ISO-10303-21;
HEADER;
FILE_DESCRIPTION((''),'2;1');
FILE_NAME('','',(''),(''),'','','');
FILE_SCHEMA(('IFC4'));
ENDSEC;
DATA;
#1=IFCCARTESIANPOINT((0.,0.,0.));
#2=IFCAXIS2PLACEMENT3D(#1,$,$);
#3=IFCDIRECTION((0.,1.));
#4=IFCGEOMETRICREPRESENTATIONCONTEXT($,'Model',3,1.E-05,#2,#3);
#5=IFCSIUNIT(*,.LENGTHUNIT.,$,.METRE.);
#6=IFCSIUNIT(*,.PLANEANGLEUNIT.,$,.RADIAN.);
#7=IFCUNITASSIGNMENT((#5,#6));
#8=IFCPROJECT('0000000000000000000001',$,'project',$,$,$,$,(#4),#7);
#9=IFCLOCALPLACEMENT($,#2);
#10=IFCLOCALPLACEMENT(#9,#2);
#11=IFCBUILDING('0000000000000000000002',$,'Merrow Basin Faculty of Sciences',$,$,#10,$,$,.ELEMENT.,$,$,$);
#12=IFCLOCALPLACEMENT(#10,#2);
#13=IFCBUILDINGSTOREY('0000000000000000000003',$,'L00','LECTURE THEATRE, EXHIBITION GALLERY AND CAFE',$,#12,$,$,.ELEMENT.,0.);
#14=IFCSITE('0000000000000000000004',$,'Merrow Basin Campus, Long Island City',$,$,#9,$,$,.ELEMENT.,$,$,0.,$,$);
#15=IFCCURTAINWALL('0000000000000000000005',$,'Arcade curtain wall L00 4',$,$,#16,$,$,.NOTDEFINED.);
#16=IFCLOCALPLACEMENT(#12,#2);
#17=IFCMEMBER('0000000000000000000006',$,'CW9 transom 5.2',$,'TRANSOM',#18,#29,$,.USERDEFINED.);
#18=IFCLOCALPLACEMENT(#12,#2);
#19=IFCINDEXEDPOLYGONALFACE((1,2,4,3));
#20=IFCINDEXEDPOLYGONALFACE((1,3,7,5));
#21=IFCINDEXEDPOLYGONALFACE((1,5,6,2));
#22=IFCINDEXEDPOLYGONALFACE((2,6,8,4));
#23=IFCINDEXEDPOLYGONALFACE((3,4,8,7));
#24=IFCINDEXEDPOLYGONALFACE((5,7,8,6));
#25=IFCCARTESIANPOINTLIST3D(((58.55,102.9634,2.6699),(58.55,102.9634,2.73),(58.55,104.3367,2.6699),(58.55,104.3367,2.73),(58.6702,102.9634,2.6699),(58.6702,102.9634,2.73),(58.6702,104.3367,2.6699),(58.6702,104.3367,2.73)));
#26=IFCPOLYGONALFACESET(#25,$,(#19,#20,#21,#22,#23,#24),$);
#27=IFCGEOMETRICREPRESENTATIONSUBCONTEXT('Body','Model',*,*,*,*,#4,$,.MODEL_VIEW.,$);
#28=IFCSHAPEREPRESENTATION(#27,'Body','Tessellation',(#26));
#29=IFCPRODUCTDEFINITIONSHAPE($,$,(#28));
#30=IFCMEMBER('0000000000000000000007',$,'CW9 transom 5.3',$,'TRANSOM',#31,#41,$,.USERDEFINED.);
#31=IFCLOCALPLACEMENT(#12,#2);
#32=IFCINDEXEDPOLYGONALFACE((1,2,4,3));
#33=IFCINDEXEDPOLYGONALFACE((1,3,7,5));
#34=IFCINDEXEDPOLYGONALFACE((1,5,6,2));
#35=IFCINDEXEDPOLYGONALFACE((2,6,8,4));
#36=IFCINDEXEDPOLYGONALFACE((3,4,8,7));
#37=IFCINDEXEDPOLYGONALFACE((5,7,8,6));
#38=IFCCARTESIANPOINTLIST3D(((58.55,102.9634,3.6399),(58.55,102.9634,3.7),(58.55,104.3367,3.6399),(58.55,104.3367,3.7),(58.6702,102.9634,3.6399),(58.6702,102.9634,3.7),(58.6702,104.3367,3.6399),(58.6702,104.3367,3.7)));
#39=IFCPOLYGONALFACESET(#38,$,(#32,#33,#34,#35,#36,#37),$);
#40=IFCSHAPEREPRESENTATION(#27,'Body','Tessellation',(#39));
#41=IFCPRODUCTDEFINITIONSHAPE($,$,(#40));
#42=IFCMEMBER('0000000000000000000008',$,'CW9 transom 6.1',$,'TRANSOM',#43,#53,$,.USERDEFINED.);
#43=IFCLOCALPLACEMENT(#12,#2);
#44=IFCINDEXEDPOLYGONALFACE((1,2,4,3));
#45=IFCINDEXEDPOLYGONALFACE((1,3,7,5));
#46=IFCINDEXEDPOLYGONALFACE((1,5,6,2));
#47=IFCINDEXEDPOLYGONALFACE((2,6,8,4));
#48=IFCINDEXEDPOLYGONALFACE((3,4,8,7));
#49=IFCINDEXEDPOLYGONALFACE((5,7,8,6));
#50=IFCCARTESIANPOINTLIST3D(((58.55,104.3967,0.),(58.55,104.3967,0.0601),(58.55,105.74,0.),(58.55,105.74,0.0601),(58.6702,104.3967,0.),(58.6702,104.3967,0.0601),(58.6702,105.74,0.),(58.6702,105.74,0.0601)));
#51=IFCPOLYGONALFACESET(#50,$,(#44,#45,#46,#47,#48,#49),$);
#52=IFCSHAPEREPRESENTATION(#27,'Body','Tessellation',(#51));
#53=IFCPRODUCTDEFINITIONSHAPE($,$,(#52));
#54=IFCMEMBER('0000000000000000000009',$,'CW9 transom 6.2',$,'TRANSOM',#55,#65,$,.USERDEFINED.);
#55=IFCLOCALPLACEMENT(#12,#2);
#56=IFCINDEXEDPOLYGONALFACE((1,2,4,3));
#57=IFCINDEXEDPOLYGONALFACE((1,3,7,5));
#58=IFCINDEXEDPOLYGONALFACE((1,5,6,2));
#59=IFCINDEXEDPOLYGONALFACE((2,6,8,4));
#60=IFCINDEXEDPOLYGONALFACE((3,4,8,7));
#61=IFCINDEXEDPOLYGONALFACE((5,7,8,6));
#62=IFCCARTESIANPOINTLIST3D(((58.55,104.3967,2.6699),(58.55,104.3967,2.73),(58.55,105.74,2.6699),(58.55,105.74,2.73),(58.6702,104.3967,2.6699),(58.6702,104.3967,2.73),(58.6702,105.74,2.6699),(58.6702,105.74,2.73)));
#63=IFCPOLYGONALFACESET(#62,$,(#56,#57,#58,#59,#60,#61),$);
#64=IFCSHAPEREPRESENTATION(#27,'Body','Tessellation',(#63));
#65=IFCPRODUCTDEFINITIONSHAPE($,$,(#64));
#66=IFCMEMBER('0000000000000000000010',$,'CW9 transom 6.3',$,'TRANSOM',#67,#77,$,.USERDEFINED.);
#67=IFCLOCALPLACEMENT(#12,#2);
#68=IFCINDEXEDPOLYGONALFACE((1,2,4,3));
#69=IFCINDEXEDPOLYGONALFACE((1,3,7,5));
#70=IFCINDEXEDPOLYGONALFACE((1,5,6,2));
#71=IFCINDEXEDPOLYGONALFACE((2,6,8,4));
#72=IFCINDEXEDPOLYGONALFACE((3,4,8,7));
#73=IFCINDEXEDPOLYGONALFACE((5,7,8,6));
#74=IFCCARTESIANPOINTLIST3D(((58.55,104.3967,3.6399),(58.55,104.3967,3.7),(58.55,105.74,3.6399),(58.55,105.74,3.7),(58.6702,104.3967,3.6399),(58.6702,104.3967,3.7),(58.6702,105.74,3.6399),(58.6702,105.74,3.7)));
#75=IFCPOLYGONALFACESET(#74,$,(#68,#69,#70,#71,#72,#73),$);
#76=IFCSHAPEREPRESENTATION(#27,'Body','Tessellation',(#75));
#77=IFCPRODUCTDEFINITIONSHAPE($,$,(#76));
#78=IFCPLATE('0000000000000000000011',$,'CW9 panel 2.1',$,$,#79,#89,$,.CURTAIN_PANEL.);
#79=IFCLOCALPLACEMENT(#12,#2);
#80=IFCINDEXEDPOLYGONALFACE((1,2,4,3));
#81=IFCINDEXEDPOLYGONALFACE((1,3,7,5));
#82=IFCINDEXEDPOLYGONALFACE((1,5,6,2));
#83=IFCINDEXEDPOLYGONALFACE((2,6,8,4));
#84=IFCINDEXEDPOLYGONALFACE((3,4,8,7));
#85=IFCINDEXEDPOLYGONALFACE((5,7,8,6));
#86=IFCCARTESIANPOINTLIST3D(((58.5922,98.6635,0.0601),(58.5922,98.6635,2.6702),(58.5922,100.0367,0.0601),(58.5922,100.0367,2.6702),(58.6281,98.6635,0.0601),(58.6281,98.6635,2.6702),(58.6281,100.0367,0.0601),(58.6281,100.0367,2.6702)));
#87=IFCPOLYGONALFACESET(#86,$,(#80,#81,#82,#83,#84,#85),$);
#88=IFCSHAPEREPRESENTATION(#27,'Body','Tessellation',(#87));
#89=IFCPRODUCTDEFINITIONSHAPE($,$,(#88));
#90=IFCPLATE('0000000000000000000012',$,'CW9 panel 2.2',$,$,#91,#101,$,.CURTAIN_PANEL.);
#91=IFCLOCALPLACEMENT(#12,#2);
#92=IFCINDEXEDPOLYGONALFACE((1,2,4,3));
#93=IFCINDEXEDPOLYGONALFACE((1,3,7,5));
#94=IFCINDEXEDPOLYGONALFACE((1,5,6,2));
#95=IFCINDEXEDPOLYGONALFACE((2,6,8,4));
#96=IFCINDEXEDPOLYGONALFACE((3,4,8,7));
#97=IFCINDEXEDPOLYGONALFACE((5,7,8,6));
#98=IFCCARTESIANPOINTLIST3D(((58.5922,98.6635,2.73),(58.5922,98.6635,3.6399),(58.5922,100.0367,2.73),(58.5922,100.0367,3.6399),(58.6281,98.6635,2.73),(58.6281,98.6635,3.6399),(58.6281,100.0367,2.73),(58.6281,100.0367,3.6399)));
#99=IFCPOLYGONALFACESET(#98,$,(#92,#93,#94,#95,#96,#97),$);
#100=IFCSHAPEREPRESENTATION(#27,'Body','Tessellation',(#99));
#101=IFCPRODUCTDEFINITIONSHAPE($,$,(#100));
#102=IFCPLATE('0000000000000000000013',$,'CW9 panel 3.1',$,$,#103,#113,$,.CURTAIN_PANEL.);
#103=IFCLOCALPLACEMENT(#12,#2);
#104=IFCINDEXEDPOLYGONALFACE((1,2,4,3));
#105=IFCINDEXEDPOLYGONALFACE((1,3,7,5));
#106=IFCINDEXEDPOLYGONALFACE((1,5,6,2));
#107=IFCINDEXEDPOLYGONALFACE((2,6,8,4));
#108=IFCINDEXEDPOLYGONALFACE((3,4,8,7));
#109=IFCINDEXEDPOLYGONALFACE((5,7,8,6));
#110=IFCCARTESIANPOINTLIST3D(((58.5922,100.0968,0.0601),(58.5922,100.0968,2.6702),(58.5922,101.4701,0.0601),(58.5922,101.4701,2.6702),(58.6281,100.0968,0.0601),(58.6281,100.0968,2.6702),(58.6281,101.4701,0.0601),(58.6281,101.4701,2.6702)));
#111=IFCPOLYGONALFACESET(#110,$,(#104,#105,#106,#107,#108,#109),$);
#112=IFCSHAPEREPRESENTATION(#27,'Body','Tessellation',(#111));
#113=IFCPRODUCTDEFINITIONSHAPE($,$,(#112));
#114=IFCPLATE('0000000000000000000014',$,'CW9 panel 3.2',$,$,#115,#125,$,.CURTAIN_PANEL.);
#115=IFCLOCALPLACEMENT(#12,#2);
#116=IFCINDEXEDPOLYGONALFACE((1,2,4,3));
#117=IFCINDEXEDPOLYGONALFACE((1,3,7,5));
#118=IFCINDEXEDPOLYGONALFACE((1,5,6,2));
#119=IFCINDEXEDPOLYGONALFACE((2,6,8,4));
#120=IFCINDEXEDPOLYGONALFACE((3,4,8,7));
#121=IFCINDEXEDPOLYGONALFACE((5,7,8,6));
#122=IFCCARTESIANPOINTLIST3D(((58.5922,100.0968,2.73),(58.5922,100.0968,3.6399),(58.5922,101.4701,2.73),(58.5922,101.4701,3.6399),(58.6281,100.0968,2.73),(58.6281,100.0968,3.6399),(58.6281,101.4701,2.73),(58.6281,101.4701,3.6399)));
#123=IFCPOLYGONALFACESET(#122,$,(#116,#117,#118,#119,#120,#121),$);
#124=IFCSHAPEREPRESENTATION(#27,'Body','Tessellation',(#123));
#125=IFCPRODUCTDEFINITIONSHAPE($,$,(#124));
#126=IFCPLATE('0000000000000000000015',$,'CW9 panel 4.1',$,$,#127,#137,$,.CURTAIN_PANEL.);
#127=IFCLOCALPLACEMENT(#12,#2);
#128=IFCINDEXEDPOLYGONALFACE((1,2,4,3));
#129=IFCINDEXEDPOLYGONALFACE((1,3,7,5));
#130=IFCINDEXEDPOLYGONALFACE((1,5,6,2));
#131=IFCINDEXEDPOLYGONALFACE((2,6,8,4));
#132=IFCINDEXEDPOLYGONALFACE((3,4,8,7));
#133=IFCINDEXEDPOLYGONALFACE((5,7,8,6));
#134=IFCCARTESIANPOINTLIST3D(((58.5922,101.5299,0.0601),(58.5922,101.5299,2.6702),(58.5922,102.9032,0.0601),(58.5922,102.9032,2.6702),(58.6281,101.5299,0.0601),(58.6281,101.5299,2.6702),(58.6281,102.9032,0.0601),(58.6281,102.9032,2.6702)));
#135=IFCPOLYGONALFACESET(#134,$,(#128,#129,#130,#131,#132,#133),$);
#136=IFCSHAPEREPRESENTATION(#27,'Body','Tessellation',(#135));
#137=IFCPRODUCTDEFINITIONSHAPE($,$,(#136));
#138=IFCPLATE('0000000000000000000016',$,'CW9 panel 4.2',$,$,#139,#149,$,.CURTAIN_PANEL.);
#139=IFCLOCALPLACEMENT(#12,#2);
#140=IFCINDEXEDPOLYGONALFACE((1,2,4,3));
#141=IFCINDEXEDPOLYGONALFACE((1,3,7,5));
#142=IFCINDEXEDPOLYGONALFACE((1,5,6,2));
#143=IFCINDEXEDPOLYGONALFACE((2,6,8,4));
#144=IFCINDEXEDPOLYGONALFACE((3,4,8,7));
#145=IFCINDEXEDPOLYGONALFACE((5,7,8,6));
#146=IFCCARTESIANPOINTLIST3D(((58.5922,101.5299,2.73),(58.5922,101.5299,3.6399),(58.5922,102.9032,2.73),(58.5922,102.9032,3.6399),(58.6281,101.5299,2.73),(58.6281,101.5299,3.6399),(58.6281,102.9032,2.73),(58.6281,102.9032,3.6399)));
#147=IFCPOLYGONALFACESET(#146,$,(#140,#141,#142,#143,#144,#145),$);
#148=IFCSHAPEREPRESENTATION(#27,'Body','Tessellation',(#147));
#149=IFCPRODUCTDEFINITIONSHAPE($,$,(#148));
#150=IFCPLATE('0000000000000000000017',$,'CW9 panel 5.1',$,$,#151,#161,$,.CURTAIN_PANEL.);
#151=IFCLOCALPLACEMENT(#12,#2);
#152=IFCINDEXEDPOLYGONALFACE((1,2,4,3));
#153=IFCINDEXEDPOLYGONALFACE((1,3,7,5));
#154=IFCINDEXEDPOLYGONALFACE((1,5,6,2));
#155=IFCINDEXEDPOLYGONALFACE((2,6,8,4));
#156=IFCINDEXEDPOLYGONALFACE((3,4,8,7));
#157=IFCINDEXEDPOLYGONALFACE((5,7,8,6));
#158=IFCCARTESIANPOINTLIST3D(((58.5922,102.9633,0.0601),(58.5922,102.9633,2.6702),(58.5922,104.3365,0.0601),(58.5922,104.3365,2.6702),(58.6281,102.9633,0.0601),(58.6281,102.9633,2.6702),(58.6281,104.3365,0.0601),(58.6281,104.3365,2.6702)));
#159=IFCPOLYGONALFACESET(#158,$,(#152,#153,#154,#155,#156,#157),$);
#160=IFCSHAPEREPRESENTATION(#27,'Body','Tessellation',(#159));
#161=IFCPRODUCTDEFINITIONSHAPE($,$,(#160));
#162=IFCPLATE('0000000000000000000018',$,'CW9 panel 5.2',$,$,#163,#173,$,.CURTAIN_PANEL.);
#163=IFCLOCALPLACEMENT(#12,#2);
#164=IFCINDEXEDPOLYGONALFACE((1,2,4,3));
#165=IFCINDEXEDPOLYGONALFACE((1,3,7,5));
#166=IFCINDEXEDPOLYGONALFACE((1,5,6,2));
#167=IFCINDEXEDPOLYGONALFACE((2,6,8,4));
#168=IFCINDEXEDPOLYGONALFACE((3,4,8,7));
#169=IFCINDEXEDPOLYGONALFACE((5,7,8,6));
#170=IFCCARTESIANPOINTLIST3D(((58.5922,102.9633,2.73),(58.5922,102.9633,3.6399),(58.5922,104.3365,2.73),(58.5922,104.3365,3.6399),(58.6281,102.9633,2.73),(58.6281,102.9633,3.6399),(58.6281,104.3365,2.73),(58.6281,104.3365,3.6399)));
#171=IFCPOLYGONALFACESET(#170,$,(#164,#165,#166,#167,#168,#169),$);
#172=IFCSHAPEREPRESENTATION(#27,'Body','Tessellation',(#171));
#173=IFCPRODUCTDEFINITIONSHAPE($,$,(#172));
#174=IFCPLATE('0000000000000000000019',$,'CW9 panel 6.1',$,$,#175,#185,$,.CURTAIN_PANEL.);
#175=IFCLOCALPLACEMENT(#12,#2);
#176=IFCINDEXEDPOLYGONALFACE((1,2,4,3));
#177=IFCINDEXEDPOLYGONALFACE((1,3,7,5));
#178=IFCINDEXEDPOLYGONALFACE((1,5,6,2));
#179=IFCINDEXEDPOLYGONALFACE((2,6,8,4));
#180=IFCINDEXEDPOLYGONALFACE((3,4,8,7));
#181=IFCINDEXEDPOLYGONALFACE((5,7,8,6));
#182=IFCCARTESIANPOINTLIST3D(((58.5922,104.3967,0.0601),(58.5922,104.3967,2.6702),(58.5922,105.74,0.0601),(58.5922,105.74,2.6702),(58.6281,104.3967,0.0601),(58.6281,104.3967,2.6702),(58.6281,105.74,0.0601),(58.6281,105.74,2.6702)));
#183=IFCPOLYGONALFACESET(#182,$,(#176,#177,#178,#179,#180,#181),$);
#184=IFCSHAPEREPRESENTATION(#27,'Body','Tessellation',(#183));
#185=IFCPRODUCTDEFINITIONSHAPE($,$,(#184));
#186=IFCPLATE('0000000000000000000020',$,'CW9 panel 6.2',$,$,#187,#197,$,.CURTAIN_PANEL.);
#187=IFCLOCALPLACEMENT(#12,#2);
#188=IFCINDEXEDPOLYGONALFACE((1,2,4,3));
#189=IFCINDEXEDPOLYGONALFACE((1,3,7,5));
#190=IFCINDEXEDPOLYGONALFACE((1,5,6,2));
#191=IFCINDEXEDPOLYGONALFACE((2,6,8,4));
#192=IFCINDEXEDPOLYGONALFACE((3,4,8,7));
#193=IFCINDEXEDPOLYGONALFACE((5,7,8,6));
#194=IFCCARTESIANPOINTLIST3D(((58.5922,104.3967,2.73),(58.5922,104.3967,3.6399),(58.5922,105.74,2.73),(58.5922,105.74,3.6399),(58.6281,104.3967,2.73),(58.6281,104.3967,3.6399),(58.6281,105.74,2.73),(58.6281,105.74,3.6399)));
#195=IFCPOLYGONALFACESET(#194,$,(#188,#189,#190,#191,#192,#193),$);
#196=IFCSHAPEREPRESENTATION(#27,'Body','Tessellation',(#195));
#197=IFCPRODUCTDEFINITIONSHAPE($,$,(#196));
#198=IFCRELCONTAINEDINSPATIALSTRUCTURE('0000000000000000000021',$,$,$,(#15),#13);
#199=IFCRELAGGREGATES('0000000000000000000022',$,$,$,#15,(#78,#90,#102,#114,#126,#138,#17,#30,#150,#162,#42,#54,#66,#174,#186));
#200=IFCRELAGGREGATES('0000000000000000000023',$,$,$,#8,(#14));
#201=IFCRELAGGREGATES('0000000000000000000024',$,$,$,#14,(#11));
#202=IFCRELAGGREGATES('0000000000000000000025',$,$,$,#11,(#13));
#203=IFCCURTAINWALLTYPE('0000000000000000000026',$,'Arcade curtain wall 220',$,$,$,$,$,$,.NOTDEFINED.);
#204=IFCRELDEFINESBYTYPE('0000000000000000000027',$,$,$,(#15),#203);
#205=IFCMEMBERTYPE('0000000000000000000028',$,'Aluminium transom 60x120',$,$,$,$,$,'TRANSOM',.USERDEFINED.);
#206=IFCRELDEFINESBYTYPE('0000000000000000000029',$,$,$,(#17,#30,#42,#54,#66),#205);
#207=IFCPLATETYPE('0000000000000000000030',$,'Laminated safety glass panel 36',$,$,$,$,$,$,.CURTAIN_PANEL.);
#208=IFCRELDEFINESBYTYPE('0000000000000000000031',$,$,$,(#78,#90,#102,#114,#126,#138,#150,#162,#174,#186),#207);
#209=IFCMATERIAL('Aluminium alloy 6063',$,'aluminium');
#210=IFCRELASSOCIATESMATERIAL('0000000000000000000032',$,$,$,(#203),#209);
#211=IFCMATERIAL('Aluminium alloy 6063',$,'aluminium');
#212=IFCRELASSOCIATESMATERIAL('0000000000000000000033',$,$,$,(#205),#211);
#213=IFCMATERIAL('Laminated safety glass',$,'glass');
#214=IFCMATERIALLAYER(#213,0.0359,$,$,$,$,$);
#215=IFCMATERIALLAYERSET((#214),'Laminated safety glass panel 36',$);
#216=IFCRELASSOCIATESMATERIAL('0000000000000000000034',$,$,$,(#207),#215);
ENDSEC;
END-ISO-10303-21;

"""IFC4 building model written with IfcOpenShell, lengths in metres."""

from ifc_helpers import new_model, si_unit, direction, frame, origin, origin_2d, place, context, subcontext, project, spatial, rectangle, extrude, material, layer, layer_set, material_profile, profile_set, type_object, element, aggregate, save


model = new_model("IFC4")

# Units and contexts
model_context = context("Model", 3, precision=1e-05, world=origin(), true_north=direction((0.0, 1.0)))
body_context = subcontext(model_context, "Body", "Model", "MODEL_VIEW")
ifc_project = project(units=[si_unit("LENGTHUNIT", "METRE"), si_unit("PLANEANGLEUNIT", "RADIAN")], contexts=[model_context])

# Site, building, storey
site_placement = place(None, origin())
site = spatial("IfcSite", under=ifc_project, at=site_placement, Name="Merrow Basin Campus, Long Island City", CompositionType="ELEMENT", RefElevation=0.0)
building_placement = place(site_placement, origin())
building = spatial("IfcBuilding", under=site, at=building_placement, Name="Merrow Basin Faculty of Sciences", CompositionType="ELEMENT")
storey_placement = place(building_placement, origin())
storey = spatial("IfcBuildingStorey", under=building, at=storey_placement, Name="L00", Description="LECTURE THEATRE, EXHIBITION GALLERY AND CAFE", CompositionType="ELEMENT", Elevation=0.0)

# Curtain wall, members, plates
ifc_material_1 = material(Name="Aluminium alloy 6063", Category="aluminium")
curtain_wall_type = type_object("IfcCurtainWallType", Name="Arcade curtain wall 220", PredefinedType="NOTDEFINED", material=ifc_material_1)
curtain_wall_placement = place(storey_placement, origin())
curtain_wall = element("IfcCurtainWall", 1, at=curtain_wall_placement, inside=storey, type_object=curtain_wall_type, Name="Arcade curtain wall L00 4", PredefinedType="NOTDEFINED")
ifc_material_2 = material(Name="Aluminium alloy 6063", Category="aluminium")
ifc_material_profile_1 = material_profile(ifc_material_2, rectangle(XDim=0.1201, YDim=0.0601, at=origin_2d()))
ifc_profile_set_1 = profile_set([ifc_material_profile_1], Name="Aluminium alloy 6063")
member_type_1 = type_object("IfcMemberType", Name="Aluminium transom 60x120", ElementType="TRANSOM", PredefinedType="USERDEFINED", material=ifc_profile_set_1)
member_1_placement = place(storey_placement, frame((58.6101, 102.9634, 2.7), z_axis=(0.0, 1.0, 0.0), x_axis=(-1.0, 0.0, 0.0)))
member_1 = element("IfcMember", 2, at=member_1_placement, type_object=member_type_1, Name="CW9 transom 5.2", ObjectType="TRANSOM", PredefinedType="USERDEFINED", context=body_context, shape_type="SweptSolid", body=[
    extrude(rectangle(XDim=0.1201, YDim=0.0601, at=origin_2d()), origin(), (0.0, 0.0, 1.0), 1.3733),
])
member_2_placement = place(storey_placement, frame((58.6101, 102.9634, 3.6699), z_axis=(0.0, 1.0, 0.0), x_axis=(-1.0, 0.0, 0.0)))
member_2 = element("IfcMember", 3, at=member_2_placement, type_object=member_type_1, Name="CW9 transom 5.3", ObjectType="TRANSOM", PredefinedType="USERDEFINED", context=body_context, shape_type="SweptSolid", body=[
    extrude(rectangle(XDim=0.1201, YDim=0.0601, at=origin_2d()), origin(), (0.0, 0.0, 1.0), 1.3733),
])
member_3_placement = place(storey_placement, frame((58.6101, 104.3967, 0.03), z_axis=(0.0, 1.0, 0.0), x_axis=(-1.0, 0.0, 0.0)))
member_3 = element("IfcMember", 4, at=member_3_placement, type_object=member_type_1, Name="CW9 transom 6.1", ObjectType="TRANSOM", PredefinedType="USERDEFINED", context=body_context, shape_type="SweptSolid", body=[
    extrude(rectangle(XDim=0.1201, YDim=0.0601, at=origin_2d()), origin(), (0.0, 0.0, 1.0), 1.3433),
])
member_4_placement = place(storey_placement, frame((58.6101, 104.3967, 2.7), z_axis=(0.0, 1.0, 0.0), x_axis=(-1.0, 0.0, 0.0)))
member_4 = element("IfcMember", 5, at=member_4_placement, type_object=member_type_1, Name="CW9 transom 6.2", ObjectType="TRANSOM", PredefinedType="USERDEFINED", context=body_context, shape_type="SweptSolid", body=[
    extrude(rectangle(XDim=0.1201, YDim=0.0601, at=origin_2d()), origin(), (0.0, 0.0, 1.0), 1.3433),
])
member_5_placement = place(storey_placement, frame((58.6101, 104.3967, 3.6699), z_axis=(0.0, 1.0, 0.0), x_axis=(-1.0, 0.0, 0.0)))
member_5 = element("IfcMember", 6, at=member_5_placement, type_object=member_type_1, Name="CW9 transom 6.3", ObjectType="TRANSOM", PredefinedType="USERDEFINED", context=body_context, shape_type="SweptSolid", body=[
    extrude(rectangle(XDim=0.1201, YDim=0.0601, at=origin_2d()), origin(), (0.0, 0.0, 1.0), 1.3433),
])
ifc_material_3 = material(Name="Laminated safety glass", Category="glass")
ifc_layer = layer(ifc_material_3, 0.0359)
ifc_layer_set = layer_set([ifc_layer], Name="Laminated safety glass panel 36")
plate_type = type_object("IfcPlateType", Name="Laminated safety glass panel 36", PredefinedType="CURTAIN_PANEL", material=ifc_layer_set)
plate_1_placement = place(storey_placement, frame((58.6101, 99.3501, 0.0601), z_axis=(0.0, 0.0, 1.0), x_axis=(0.0, 1.0, 0.0)))
plate_1 = element("IfcPlate", 7, at=plate_1_placement, type_object=plate_type, Name="CW9 panel 2.1", PredefinedType="CURTAIN_PANEL", context=body_context, shape_type="SweptSolid", body=[
    extrude(rectangle(XDim=1.3733, YDim=0.0359, at=origin_2d()), origin(), (0.0, 0.0, 1.0), 2.6101),
])
plate_2_placement = place(storey_placement, frame((58.6101, 99.3501, 2.73), z_axis=(0.0, 0.0, 1.0), x_axis=(0.0, 1.0, 0.0)))
plate_2 = element("IfcPlate", 8, at=plate_2_placement, type_object=plate_type, Name="CW9 panel 2.2", PredefinedType="CURTAIN_PANEL", context=body_context, shape_type="SweptSolid", body=[
    extrude(rectangle(XDim=1.3733, YDim=0.0359, at=origin_2d()), origin(), (0.0, 0.0, 1.0), 0.9099),
])
plate_3_placement = place(storey_placement, frame((58.6101, 100.7834, 0.0601), z_axis=(0.0, 0.0, 1.0), x_axis=(0.0, 1.0, 0.0)))
plate_3 = element("IfcPlate", 9, at=plate_3_placement, type_object=plate_type, Name="CW9 panel 3.1", PredefinedType="CURTAIN_PANEL", context=body_context, shape_type="SweptSolid", body=[
    extrude(rectangle(XDim=1.3733, YDim=0.0359, at=origin_2d()), origin(), (0.0, 0.0, 1.0), 2.6101),
])
plate_4_placement = place(storey_placement, frame((58.6101, 100.7834, 2.73), z_axis=(0.0, 0.0, 1.0), x_axis=(0.0, 1.0, 0.0)))
plate_4 = element("IfcPlate", 10, at=plate_4_placement, type_object=plate_type, Name="CW9 panel 3.2", PredefinedType="CURTAIN_PANEL", context=body_context, shape_type="SweptSolid", body=[
    extrude(rectangle(XDim=1.3733, YDim=0.0359, at=origin_2d()), origin(), (0.0, 0.0, 1.0), 0.9099),
])
plate_5_placement = place(storey_placement, frame((58.6101, 102.2166, 0.0601), z_axis=(0.0, 0.0, 1.0), x_axis=(0.0, 1.0, 0.0)))
plate_5 = element("IfcPlate", 11, at=plate_5_placement, type_object=plate_type, Name="CW9 panel 4.1", PredefinedType="CURTAIN_PANEL", context=body_context, shape_type="SweptSolid", body=[
    extrude(rectangle(XDim=1.3733, YDim=0.0359, at=origin_2d()), origin(), (0.0, 0.0, 1.0), 2.6101),
])
plate_6_placement = place(storey_placement, frame((58.6101, 102.2166, 2.73), z_axis=(0.0, 0.0, 1.0), x_axis=(0.0, 1.0, 0.0)))
plate_6 = element("IfcPlate", 12, at=plate_6_placement, type_object=plate_type, Name="CW9 panel 4.2", PredefinedType="CURTAIN_PANEL", context=body_context, shape_type="SweptSolid", body=[
    extrude(rectangle(XDim=1.3733, YDim=0.0359, at=origin_2d()), origin(), (0.0, 0.0, 1.0), 0.9099),
])
plate_7_placement = place(storey_placement, frame((58.6101, 103.6499, 0.0601), z_axis=(0.0, 0.0, 1.0), x_axis=(0.0, 1.0, 0.0)))
plate_7 = element("IfcPlate", 13, at=plate_7_placement, type_object=plate_type, Name="CW9 panel 5.1", PredefinedType="CURTAIN_PANEL", context=body_context, shape_type="SweptSolid", body=[
    extrude(rectangle(XDim=1.3733, YDim=0.0359, at=origin_2d()), origin(), (0.0, 0.0, 1.0), 2.6101),
])
plate_8_placement = place(storey_placement, frame((58.6101, 103.6499, 2.73), z_axis=(0.0, 0.0, 1.0), x_axis=(0.0, 1.0, 0.0)))
plate_8 = element("IfcPlate", 14, at=plate_8_placement, type_object=plate_type, Name="CW9 panel 5.2", PredefinedType="CURTAIN_PANEL", context=body_context, shape_type="SweptSolid", body=[
    extrude(rectangle(XDim=1.3733, YDim=0.0359, at=origin_2d()), origin(), (0.0, 0.0, 1.0), 0.9099),
])
plate_9_placement = place(storey_placement, frame((58.6101, 105.0684, 0.0601), z_axis=(0.0, 0.0, 1.0), x_axis=(0.0, 1.0, 0.0)))
plate_9 = element("IfcPlate", 15, at=plate_9_placement, type_object=plate_type, Name="CW9 panel 6.1", PredefinedType="CURTAIN_PANEL", context=body_context, shape_type="SweptSolid", body=[
    extrude(rectangle(XDim=1.3433, YDim=0.0359, at=origin_2d()), origin(), (0.0, 0.0, 1.0), 2.6101),
])
plate_10_placement = place(storey_placement, frame((58.6101, 105.0684, 2.73), z_axis=(0.0, 0.0, 1.0), x_axis=(0.0, 1.0, 0.0)))
plate_10 = element("IfcPlate", 16, at=plate_10_placement, type_object=plate_type, Name="CW9 panel 6.2", PredefinedType="CURTAIN_PANEL", context=body_context, shape_type="SweptSolid", body=[
    extrude(rectangle(XDim=1.3433, YDim=0.0359, at=origin_2d()), origin(), (0.0, 0.0, 1.0), 0.9099),
])
aggregate(curtain_wall, [plate_1, plate_2, plate_3, plate_4, plate_5, plate_6, member_1, member_2, plate_7, plate_8, member_3, member_4, member_5, plate_9, plate_10])

save(model, "model.ifc")
